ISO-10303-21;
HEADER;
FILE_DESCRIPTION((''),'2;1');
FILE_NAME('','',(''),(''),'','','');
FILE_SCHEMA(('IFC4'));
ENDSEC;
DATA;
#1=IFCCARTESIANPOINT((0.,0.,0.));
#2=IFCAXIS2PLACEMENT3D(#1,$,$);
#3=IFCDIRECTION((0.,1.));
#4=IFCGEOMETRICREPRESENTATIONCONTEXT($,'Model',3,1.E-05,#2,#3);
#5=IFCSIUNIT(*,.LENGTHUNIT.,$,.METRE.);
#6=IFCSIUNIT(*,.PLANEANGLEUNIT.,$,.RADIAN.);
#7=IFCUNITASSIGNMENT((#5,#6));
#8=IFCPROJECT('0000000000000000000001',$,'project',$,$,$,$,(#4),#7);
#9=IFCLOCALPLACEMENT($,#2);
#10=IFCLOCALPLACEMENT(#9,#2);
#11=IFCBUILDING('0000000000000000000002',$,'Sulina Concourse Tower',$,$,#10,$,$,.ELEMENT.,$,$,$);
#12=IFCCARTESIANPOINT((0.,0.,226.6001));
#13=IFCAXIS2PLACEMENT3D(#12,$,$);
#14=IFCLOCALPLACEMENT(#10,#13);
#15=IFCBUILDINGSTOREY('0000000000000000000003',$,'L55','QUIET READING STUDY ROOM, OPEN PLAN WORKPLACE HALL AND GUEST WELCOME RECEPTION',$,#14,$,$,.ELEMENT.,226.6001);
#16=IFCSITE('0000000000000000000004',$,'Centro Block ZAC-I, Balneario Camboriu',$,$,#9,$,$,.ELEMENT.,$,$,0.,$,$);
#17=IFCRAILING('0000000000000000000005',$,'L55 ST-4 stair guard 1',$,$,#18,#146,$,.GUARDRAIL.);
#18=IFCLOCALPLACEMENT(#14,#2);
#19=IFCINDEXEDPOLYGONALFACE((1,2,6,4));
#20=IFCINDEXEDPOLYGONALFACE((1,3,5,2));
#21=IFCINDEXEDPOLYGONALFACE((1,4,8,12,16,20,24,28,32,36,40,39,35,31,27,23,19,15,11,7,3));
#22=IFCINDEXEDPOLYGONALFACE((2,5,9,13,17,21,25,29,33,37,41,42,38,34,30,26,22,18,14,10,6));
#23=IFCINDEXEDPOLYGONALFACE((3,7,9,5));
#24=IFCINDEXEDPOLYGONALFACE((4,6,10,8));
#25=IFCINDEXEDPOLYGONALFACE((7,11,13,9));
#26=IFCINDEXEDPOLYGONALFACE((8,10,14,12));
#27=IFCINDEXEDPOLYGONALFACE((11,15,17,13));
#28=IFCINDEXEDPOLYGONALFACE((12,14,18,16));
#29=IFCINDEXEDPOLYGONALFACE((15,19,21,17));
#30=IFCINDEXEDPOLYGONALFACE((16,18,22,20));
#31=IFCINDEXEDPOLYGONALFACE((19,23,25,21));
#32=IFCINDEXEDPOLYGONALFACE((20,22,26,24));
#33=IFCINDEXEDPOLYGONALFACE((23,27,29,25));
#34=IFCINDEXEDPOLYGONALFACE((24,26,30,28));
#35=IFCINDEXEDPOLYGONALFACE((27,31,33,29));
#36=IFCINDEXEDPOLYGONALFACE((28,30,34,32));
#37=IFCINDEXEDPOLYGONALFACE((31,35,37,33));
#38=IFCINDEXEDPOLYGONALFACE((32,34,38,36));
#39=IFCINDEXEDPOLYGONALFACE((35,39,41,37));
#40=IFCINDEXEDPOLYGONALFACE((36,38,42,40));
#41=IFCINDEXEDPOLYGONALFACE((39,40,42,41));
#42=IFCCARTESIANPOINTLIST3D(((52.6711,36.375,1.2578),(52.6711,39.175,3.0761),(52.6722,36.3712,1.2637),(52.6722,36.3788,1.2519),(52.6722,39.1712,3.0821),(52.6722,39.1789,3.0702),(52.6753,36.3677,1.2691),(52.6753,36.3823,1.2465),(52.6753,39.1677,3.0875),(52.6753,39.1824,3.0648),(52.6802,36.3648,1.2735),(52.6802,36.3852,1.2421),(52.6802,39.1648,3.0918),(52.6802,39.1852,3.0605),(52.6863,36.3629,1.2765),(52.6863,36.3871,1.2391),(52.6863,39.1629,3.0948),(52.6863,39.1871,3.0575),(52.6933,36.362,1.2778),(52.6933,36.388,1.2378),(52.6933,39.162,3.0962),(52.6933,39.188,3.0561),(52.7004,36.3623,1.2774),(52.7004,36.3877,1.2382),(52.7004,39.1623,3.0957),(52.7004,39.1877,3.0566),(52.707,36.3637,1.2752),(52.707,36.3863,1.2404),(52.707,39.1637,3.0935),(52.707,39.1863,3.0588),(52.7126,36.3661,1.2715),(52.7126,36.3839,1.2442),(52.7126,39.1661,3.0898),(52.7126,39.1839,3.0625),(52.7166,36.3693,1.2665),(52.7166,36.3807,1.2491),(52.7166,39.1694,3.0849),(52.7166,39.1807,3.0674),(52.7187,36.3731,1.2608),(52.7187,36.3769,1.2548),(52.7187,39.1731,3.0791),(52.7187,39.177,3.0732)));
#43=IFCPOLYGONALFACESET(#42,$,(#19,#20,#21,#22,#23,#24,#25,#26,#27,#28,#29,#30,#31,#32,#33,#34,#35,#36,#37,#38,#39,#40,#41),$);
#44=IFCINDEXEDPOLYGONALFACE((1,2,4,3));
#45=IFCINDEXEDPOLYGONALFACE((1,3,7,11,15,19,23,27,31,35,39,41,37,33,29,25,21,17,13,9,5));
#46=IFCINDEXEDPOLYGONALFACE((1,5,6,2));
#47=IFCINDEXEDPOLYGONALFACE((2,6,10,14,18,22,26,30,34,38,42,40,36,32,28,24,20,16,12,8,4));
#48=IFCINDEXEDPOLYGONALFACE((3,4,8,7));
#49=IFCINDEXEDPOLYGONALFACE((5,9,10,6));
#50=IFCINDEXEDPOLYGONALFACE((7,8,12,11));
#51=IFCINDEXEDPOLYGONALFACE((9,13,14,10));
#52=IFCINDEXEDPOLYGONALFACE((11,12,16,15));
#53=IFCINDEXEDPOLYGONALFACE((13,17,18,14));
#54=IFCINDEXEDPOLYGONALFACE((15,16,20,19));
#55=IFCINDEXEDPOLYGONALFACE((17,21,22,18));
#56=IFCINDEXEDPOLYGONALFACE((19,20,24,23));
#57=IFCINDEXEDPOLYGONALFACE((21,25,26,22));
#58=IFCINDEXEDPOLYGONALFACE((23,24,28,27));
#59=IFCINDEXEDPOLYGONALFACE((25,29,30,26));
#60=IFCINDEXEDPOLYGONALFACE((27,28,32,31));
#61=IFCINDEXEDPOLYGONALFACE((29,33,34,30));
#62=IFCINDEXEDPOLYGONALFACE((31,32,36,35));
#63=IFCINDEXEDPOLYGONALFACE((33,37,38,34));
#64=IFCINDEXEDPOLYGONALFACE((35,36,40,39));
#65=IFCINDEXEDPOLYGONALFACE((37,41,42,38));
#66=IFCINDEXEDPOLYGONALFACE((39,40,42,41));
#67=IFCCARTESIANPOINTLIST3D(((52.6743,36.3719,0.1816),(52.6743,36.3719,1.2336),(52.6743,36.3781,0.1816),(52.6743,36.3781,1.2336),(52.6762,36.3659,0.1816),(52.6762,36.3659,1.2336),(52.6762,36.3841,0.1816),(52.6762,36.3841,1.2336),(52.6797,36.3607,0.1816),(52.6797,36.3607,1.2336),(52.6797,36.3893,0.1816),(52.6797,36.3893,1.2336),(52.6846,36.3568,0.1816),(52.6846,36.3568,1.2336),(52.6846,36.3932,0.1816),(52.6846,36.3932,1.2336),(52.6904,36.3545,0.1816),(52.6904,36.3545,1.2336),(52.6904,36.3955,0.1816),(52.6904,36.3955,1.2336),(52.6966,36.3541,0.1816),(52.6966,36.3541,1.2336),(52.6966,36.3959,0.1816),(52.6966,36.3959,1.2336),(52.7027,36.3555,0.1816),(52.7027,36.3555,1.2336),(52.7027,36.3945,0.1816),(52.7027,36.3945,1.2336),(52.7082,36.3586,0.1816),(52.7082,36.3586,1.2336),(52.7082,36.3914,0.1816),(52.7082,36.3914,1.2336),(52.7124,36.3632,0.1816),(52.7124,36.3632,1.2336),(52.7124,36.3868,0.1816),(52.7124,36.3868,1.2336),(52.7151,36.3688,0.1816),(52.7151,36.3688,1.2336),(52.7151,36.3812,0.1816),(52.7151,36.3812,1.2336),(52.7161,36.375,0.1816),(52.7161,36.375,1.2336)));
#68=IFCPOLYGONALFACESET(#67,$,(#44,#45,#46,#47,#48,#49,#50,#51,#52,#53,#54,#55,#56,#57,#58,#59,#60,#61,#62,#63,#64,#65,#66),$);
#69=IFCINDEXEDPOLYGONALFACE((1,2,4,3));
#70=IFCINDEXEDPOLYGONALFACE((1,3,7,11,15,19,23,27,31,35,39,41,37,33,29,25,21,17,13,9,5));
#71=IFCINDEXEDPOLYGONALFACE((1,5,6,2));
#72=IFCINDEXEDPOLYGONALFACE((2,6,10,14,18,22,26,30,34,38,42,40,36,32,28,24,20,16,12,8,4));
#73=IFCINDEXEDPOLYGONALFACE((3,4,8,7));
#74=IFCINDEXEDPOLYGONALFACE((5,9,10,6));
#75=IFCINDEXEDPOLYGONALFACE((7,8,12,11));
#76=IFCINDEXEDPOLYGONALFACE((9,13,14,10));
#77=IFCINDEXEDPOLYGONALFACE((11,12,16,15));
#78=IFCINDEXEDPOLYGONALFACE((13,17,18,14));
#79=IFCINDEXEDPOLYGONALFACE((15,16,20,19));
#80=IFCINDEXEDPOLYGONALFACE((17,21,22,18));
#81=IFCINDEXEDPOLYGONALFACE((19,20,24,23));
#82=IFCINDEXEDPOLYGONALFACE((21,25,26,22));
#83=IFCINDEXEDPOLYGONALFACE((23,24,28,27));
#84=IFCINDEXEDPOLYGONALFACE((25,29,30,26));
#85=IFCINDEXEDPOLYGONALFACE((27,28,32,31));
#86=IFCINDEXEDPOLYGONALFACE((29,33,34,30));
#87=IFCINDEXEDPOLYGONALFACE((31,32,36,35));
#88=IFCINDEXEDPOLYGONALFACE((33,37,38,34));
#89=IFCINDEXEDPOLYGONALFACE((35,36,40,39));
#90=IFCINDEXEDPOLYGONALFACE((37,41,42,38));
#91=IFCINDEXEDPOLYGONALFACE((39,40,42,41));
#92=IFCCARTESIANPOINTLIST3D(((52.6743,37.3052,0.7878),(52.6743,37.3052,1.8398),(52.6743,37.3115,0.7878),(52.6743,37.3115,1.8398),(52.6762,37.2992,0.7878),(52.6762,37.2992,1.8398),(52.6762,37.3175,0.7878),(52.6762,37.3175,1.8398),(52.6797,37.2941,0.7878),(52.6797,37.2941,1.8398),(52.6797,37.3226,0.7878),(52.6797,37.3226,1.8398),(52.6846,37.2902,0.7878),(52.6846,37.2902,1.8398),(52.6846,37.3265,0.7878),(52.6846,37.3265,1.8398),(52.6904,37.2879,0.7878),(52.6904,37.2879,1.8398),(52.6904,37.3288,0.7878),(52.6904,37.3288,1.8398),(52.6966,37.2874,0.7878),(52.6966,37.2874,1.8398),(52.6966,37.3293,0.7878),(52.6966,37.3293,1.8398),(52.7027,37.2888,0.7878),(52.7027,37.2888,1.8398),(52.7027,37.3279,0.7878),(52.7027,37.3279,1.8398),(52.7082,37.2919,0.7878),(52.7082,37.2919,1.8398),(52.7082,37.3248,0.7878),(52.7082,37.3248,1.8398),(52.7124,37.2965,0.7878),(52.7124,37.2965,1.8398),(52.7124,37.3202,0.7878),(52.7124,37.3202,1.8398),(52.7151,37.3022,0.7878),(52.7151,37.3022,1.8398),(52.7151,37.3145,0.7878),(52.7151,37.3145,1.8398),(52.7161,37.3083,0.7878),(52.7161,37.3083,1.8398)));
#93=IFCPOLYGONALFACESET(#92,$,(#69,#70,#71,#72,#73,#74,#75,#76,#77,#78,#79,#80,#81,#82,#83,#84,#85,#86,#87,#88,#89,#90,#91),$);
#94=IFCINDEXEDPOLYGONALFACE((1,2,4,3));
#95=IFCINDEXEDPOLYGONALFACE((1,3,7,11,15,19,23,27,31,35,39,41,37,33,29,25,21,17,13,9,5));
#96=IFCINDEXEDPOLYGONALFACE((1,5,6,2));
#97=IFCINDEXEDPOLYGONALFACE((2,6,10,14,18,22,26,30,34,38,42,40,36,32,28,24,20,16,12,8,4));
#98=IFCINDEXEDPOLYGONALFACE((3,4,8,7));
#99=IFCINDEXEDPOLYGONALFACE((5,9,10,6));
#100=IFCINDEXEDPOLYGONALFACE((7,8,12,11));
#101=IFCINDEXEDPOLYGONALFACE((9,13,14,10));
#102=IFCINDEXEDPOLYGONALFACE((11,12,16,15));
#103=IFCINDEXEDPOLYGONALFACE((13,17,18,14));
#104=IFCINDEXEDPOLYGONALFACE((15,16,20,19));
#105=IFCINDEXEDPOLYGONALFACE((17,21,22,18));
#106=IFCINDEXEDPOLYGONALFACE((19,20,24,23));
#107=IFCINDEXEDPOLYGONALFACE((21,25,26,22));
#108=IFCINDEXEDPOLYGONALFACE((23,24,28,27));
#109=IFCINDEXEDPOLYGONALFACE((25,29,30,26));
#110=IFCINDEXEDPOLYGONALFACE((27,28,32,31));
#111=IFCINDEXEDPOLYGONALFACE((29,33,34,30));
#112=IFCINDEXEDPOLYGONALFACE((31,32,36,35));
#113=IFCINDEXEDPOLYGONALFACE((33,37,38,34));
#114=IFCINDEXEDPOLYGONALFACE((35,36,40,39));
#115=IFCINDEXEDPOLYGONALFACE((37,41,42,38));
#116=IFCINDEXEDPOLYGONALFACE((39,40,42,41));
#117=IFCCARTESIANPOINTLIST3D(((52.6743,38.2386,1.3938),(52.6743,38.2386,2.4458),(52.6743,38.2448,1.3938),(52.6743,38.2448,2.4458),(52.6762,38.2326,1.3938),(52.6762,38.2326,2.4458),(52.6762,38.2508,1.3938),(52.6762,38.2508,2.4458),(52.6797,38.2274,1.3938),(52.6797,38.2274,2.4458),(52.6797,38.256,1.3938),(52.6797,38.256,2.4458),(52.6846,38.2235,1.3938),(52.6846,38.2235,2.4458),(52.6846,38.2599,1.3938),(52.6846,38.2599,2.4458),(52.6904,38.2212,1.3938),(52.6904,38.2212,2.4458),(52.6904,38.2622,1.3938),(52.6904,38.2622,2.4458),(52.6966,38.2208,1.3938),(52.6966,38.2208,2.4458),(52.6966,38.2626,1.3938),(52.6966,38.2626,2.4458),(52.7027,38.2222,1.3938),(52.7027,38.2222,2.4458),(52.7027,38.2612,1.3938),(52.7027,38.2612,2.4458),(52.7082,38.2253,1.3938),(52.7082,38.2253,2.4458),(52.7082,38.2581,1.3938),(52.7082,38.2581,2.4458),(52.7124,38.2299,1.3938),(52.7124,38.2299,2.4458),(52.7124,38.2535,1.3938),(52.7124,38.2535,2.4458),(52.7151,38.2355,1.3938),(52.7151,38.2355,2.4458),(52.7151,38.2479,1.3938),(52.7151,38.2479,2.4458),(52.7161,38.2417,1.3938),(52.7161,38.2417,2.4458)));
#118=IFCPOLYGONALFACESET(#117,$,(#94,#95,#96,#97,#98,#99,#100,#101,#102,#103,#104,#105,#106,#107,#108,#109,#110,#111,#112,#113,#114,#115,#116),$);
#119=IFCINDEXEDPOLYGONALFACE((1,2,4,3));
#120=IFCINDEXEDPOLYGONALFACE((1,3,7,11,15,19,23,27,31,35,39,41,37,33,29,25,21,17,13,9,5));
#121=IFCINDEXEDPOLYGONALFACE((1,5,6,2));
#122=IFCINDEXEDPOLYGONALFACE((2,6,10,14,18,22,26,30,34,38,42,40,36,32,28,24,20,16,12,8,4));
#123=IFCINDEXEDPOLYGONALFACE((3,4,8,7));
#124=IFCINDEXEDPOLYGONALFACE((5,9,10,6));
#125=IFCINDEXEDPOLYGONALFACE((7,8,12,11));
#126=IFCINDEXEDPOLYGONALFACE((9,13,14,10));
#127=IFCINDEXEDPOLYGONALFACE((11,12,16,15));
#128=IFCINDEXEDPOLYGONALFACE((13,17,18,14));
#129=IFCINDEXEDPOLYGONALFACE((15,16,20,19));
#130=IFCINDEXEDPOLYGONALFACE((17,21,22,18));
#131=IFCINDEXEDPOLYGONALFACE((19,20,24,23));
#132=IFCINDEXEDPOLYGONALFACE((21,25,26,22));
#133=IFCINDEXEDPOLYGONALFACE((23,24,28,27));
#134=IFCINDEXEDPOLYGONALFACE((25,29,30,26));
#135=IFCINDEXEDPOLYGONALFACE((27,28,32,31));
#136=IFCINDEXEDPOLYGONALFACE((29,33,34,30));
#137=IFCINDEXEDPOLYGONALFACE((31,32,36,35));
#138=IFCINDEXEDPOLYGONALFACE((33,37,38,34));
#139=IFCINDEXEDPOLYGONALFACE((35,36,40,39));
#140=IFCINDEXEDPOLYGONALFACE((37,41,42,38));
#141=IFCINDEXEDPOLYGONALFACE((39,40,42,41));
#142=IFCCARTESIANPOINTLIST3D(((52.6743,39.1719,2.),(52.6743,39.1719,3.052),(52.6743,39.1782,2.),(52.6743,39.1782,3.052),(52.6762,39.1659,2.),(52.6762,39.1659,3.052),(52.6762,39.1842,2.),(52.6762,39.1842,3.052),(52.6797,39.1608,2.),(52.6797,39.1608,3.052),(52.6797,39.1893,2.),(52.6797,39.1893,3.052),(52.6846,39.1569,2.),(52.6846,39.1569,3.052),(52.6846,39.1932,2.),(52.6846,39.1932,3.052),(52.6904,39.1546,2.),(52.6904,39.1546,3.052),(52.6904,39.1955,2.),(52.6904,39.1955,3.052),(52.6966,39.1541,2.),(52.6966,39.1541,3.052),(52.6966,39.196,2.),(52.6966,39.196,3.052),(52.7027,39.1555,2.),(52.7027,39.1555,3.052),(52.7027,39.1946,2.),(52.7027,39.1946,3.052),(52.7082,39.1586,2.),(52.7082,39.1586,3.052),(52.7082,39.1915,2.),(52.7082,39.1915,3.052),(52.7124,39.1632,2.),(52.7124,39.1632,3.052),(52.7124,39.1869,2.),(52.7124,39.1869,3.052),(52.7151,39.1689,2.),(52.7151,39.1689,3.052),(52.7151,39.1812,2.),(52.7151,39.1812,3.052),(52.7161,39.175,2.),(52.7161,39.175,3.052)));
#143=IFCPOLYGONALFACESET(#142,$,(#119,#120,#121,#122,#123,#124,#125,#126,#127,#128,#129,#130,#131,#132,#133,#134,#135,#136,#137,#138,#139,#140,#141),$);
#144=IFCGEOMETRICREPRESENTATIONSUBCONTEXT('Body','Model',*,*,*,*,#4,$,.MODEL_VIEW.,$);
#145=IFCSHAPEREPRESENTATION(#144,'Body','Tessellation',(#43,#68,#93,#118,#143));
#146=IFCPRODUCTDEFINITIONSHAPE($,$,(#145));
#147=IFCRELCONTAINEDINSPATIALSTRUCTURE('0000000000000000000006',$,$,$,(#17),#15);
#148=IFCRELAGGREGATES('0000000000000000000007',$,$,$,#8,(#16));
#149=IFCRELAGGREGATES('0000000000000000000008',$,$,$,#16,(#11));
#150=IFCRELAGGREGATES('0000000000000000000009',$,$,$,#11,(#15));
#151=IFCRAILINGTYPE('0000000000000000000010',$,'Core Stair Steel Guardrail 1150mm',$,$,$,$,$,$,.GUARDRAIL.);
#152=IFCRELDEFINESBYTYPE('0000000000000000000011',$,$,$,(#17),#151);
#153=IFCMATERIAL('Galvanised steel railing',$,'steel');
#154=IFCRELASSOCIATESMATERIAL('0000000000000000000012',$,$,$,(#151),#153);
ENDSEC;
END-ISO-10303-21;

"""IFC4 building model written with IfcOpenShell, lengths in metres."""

from ifc_helpers import new_model, si_unit, direction, frame, origin, origin_2d, place, context, subcontext, project, spatial, circle, extrude, material, type_object, element, save


model = new_model("IFC4")

# Units and contexts
model_context = context("Model", 3, precision=1e-05, world=origin(), true_north=direction((0.0, 1.0)))
body_context = subcontext(model_context, "Body", "Model", "MODEL_VIEW")
ifc_project = project(units=[si_unit("LENGTHUNIT", "METRE"), si_unit("PLANEANGLEUNIT", "RADIAN")], contexts=[model_context])

# Site, building, storey
site_placement = place(None, origin())
site = spatial("IfcSite", under=ifc_project, at=site_placement, Name="Centro Block ZAC-I, Balneario Camboriu", CompositionType="ELEMENT", RefElevation=0.0)
building_placement = place(site_placement, origin())
building = spatial("IfcBuilding", under=site, at=building_placement, Name="Sulina Concourse Tower", CompositionType="ELEMENT")
storey_placement = place(building_placement, frame((0.0, 0.0, 226.6001)))
storey = spatial("IfcBuildingStorey", under=building, at=storey_placement, Name="L55", Description="QUIET READING STUDY ROOM, OPEN PLAN WORKPLACE HALL AND GUEST WELCOME RECEPTION", CompositionType="ELEMENT", Elevation=226.6001)

# Railing
ifc_material_1 = material(Name="Galvanised steel railing", Category="steel")
railing_type_1 = type_object("IfcRailingType", Name="Core Stair Steel Guardrail 1150mm", PredefinedType="GUARDRAIL", material=ifc_material_1)
railing_1_placement = place(storey_placement, frame((52.6951, 36.375, 0.1816)))
element("IfcRailing", 1, at=railing_1_placement, inside=storey, type_object=railing_type_1, Name="L55 ST-4 stair guard 1", PredefinedType="GUARDRAIL", context=body_context, shape_type="SweptSolid", body=[
    extrude(circle(Radius=0.0239, at=origin_2d()), frame((0.0, 0.0, 1.0762), z_axis=(0.0, 0.838672, 0.544636), x_axis=(-1.0, 0.0, 0.0)), (0.0, 0.0, 1.0), 3.3386),
    extrude(circle(Radius=0.021, at=origin_2d()), origin(), (0.0, 0.0, 1.0), 1.052),
    extrude(circle(Radius=0.021, at=origin_2d()), frame((0.0, 0.9333, 0.6062)), (0.0, 0.0, 1.0), 1.052),
    extrude(circle(Radius=0.021, at=origin_2d()), frame((0.0, 1.8667, 1.2122)), (0.0, 0.0, 1.0), 1.052),
    extrude(circle(Radius=0.021, at=origin_2d()), frame((0.0, 2.8, 1.8184)), (0.0, 0.0, 1.0), 1.052),
])

save(model, "model.ifc")
